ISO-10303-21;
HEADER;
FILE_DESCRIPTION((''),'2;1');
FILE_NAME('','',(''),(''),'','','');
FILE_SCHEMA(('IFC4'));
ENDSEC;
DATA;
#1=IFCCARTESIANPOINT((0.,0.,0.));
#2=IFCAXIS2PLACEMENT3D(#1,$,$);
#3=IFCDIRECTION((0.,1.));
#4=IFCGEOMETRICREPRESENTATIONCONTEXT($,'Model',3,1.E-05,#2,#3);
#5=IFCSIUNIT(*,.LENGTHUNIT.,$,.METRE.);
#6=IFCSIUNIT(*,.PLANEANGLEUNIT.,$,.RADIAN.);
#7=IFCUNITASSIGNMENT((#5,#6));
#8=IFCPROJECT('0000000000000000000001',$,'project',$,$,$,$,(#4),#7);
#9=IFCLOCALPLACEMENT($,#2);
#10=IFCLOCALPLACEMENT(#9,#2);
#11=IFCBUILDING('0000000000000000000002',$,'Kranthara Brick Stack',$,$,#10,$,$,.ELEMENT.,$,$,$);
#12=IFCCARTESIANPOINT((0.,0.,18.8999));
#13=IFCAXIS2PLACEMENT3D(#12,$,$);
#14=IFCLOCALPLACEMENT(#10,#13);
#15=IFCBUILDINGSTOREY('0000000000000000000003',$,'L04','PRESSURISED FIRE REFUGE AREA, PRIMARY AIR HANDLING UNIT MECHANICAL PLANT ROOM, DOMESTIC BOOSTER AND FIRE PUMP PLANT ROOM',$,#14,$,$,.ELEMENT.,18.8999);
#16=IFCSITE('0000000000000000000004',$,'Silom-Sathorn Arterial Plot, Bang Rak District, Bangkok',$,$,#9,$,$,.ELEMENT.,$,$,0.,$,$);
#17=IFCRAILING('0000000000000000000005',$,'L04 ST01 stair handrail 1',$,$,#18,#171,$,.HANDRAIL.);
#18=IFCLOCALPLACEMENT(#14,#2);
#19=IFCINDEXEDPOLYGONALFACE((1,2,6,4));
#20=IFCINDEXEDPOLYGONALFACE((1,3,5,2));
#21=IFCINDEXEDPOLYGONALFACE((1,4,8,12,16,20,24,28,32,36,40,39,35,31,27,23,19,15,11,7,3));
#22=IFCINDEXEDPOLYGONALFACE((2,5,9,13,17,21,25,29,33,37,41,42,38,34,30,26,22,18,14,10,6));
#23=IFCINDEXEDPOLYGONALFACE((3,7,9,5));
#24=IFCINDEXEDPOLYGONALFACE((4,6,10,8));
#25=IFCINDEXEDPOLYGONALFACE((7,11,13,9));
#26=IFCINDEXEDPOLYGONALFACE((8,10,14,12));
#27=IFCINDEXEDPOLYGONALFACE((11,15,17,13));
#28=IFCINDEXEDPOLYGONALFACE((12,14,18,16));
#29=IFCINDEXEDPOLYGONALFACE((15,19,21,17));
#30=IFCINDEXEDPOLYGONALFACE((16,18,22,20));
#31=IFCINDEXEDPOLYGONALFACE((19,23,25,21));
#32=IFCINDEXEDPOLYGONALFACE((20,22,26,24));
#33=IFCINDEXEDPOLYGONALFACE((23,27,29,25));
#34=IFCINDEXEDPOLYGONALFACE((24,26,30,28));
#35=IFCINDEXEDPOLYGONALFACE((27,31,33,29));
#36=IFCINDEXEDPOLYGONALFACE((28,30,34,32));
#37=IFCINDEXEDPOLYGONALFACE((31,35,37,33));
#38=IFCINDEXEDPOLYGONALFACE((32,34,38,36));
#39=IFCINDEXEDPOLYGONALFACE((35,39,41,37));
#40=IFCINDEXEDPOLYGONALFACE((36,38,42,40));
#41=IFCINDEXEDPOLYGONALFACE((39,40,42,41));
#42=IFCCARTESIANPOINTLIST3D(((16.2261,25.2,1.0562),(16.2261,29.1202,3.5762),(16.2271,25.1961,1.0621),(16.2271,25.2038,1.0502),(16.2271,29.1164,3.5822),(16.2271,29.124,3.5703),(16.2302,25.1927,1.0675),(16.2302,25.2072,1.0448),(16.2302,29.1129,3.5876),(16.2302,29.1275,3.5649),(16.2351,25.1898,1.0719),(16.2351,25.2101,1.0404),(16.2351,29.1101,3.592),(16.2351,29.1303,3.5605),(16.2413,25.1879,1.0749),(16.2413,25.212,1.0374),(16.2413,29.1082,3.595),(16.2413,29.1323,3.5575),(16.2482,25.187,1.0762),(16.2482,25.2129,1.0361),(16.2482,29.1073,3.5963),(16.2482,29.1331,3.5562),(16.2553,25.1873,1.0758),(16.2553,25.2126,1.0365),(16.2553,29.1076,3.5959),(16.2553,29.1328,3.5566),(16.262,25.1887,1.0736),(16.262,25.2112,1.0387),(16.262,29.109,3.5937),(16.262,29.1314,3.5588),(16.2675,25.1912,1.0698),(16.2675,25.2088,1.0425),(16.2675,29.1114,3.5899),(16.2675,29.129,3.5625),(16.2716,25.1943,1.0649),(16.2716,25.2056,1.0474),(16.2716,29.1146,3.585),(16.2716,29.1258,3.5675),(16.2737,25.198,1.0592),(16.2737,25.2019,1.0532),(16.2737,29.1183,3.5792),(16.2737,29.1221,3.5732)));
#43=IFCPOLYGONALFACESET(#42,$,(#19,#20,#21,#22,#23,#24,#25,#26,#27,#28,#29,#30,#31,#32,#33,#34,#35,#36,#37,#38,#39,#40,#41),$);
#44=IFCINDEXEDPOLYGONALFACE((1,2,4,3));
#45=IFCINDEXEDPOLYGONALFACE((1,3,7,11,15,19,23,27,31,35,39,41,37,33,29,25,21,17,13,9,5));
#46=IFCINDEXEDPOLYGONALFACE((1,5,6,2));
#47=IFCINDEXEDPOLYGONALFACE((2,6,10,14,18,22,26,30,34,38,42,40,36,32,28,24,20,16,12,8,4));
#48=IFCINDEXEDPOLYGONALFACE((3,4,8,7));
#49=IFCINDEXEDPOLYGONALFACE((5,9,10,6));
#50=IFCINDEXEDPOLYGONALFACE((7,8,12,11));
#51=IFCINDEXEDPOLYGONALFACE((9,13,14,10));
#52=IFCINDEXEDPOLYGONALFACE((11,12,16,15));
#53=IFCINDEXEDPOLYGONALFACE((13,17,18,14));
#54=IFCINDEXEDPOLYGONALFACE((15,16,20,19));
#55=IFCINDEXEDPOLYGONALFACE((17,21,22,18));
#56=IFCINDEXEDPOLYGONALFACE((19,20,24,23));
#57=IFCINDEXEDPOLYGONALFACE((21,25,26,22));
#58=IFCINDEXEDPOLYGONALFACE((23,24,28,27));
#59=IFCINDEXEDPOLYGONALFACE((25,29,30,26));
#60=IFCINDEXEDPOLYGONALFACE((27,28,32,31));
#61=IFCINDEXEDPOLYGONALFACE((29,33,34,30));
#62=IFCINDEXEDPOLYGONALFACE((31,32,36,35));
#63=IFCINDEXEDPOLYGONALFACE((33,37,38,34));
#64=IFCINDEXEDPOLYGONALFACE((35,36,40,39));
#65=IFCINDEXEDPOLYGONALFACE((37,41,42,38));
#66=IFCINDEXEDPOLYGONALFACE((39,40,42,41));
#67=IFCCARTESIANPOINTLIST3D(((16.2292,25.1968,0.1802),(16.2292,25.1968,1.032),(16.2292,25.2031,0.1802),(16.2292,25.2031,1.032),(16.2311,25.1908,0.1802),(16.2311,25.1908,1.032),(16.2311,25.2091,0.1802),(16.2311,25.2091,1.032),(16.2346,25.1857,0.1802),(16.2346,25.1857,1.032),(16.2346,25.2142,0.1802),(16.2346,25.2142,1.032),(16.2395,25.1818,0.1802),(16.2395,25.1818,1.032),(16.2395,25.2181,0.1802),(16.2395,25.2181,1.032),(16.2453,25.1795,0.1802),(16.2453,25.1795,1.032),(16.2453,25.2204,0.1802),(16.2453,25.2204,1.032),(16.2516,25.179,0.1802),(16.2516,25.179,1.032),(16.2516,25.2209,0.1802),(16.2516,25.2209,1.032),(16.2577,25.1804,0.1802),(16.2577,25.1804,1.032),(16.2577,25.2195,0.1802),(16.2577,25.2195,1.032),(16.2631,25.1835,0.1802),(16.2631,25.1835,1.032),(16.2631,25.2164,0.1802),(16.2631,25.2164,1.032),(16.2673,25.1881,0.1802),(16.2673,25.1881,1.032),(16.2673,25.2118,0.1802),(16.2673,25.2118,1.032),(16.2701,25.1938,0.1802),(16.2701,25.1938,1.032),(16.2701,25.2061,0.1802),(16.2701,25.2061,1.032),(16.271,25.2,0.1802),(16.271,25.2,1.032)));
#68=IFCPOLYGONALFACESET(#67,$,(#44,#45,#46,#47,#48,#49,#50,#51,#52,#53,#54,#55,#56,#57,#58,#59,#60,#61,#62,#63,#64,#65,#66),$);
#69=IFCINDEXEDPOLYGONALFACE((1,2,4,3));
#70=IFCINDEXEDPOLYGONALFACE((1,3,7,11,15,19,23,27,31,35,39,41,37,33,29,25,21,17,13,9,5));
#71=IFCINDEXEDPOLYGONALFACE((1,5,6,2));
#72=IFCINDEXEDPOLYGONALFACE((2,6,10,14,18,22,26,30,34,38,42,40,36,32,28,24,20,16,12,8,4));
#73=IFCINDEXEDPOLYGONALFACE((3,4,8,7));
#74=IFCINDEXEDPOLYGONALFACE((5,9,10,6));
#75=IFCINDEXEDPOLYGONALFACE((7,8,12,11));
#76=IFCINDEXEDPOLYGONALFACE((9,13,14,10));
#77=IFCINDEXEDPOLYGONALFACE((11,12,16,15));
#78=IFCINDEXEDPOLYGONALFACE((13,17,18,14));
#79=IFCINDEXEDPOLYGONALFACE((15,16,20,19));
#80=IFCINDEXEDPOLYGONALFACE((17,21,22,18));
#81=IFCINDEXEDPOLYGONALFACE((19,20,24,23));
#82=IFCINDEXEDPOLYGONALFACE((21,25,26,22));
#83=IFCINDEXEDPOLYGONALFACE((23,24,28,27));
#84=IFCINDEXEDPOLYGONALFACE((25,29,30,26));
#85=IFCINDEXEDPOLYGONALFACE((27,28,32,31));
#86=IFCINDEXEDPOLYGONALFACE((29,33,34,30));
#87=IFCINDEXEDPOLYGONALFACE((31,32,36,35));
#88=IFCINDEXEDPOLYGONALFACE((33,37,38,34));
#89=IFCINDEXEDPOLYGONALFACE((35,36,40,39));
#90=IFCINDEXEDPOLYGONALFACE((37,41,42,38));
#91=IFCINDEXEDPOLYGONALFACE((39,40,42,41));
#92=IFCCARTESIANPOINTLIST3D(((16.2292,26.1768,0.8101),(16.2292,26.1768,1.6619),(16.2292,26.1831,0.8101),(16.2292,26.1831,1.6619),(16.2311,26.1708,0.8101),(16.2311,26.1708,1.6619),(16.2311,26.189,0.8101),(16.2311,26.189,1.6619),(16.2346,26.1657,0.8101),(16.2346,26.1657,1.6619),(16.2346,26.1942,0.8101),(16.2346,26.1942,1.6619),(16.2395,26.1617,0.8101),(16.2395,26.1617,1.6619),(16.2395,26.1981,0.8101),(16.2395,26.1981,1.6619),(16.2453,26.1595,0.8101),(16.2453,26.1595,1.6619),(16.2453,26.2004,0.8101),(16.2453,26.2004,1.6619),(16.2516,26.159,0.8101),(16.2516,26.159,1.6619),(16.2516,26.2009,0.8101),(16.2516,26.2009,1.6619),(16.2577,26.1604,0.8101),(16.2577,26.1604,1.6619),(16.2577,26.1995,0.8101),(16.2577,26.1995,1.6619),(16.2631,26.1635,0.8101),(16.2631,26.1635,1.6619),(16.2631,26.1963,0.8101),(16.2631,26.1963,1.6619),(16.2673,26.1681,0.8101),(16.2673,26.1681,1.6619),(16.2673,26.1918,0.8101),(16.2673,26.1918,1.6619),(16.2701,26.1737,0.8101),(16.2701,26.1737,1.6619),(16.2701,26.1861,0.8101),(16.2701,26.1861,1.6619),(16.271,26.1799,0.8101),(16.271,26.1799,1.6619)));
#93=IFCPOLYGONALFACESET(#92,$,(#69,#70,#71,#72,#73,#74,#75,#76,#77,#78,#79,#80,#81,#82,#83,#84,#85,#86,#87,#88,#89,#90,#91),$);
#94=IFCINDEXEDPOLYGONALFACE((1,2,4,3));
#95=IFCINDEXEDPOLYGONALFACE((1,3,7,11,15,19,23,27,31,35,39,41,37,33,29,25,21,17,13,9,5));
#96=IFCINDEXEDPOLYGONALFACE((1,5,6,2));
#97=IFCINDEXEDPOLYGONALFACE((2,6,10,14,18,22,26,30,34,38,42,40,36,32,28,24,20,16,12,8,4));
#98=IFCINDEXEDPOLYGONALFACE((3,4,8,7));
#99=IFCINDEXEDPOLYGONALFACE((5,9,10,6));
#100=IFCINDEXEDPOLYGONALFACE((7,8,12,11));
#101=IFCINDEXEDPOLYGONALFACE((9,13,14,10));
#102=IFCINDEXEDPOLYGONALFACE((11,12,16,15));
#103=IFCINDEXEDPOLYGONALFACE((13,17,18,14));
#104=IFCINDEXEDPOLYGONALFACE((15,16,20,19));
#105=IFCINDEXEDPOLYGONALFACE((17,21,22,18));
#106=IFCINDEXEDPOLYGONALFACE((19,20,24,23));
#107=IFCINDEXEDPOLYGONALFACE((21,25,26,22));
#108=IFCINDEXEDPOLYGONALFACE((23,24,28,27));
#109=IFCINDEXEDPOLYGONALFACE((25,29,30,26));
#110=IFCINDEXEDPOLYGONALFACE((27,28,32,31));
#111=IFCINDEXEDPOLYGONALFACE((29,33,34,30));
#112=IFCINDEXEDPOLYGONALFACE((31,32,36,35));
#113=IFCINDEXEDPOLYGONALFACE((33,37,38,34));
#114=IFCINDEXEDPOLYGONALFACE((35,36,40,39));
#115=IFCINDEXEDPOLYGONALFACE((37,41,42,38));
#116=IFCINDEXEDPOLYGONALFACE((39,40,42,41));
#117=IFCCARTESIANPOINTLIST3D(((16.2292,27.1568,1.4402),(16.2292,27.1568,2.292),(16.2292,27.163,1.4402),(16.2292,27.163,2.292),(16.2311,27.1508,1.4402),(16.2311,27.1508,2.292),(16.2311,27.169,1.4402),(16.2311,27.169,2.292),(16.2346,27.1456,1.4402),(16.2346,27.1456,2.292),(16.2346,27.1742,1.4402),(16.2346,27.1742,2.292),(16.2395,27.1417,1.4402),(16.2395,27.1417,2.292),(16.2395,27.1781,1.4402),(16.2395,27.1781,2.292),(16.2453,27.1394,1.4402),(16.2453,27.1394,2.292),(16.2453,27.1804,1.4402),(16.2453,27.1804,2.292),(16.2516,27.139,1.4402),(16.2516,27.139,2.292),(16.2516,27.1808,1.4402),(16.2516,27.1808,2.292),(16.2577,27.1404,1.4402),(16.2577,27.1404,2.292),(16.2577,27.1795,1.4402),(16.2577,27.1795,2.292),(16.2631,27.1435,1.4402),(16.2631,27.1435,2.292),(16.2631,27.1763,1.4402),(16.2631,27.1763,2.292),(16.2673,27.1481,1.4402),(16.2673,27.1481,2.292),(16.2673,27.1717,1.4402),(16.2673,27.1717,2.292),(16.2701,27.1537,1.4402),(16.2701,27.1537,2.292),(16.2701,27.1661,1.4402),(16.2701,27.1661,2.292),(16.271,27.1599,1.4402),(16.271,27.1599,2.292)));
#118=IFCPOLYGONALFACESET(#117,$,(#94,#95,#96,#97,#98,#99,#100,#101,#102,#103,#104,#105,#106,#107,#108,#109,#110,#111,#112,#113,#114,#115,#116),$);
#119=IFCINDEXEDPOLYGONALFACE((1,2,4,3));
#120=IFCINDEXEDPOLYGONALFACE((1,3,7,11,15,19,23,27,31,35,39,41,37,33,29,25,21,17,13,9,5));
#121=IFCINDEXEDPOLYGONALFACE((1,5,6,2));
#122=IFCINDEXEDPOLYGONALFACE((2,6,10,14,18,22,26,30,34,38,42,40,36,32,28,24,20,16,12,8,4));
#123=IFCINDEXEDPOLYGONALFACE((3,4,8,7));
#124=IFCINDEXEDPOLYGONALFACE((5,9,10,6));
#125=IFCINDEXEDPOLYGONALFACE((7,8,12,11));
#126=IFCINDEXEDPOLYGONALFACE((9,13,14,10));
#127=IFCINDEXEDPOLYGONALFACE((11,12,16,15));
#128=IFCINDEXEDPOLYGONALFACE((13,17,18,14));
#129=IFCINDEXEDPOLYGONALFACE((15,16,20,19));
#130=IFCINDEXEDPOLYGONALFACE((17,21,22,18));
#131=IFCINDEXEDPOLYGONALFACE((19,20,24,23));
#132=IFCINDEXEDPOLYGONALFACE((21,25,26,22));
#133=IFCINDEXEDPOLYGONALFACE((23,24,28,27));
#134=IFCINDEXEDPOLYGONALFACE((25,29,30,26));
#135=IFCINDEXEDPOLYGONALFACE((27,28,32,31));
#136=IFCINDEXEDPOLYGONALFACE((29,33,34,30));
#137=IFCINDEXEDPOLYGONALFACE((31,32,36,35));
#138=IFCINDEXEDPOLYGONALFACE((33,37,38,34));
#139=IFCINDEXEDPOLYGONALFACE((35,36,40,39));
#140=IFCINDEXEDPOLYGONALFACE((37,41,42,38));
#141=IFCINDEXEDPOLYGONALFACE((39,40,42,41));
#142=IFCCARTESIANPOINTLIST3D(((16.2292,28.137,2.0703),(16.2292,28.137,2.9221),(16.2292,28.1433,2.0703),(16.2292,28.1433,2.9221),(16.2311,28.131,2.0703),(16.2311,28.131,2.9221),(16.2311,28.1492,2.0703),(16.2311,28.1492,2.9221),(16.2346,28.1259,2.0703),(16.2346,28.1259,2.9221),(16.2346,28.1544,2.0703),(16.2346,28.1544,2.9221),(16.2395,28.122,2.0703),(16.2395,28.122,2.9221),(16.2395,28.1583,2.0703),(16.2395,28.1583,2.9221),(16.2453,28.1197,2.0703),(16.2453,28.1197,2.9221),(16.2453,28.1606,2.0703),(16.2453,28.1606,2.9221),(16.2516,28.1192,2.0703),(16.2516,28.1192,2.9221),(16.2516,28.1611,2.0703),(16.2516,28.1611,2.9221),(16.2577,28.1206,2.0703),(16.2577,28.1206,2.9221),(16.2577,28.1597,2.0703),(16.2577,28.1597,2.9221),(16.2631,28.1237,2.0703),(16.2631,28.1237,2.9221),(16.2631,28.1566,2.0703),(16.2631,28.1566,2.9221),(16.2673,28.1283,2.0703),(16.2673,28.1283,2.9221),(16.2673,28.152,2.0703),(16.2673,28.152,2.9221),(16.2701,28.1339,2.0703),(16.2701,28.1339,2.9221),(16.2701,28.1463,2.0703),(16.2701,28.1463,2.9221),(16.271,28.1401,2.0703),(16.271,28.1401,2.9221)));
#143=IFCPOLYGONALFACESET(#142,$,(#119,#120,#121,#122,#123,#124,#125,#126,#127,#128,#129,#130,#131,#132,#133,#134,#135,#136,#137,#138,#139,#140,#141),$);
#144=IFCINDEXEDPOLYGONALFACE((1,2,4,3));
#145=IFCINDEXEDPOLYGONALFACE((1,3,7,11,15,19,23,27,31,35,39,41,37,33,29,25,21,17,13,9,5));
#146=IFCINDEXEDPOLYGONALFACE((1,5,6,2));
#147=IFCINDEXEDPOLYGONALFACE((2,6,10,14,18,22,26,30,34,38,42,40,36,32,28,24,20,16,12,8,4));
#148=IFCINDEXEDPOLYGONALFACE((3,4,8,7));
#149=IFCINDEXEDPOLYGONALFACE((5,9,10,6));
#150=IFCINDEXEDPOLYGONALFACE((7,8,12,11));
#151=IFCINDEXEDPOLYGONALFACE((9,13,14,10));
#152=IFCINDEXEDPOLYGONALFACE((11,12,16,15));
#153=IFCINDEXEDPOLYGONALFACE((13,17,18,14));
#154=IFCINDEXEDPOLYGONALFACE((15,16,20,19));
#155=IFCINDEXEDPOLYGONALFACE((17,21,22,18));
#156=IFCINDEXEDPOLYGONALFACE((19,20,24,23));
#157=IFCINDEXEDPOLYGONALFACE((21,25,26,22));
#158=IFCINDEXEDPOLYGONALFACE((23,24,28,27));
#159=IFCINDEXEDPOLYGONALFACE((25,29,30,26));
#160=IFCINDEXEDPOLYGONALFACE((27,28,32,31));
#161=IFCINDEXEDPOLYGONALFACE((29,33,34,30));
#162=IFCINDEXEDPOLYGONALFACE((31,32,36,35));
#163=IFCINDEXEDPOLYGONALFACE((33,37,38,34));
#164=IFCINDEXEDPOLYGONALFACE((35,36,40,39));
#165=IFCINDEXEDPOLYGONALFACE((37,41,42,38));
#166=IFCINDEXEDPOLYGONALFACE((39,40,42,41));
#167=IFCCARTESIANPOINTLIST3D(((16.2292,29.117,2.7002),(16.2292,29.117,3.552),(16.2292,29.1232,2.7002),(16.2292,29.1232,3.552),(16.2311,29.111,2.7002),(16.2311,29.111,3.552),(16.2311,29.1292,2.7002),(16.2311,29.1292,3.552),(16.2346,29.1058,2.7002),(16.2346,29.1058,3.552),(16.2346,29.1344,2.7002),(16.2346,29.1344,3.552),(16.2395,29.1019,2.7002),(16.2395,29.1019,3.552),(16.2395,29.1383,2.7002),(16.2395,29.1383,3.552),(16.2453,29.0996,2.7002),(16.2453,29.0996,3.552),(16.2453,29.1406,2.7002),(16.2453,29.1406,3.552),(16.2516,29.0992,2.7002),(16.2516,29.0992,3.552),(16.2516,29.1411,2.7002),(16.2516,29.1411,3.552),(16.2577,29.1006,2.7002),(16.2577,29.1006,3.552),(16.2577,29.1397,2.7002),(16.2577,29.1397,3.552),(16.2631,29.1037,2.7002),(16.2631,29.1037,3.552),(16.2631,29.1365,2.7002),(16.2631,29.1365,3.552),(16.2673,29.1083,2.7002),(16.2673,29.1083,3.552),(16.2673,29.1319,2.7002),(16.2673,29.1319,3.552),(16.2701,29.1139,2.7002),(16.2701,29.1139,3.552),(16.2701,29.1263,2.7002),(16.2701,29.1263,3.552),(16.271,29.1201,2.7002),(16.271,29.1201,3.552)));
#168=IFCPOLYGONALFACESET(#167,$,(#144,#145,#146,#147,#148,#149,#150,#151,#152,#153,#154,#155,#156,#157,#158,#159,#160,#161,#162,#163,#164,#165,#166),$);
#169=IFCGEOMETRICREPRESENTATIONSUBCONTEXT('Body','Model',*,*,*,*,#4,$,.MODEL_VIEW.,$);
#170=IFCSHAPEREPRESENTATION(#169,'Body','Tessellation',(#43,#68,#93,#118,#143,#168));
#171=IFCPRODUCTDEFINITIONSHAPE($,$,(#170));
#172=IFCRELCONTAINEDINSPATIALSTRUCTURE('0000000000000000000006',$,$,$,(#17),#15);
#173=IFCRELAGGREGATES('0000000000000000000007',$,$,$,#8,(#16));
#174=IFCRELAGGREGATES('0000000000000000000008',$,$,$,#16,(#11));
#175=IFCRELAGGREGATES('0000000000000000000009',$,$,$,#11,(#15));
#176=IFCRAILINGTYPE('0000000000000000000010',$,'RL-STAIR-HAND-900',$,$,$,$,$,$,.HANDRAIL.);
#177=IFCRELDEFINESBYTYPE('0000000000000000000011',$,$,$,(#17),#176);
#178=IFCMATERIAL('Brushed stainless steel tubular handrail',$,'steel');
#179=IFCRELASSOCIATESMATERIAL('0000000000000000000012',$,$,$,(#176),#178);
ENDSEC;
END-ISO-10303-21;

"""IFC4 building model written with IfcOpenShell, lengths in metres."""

from ifc_helpers import new_model, si_unit, direction, frame, origin, origin_2d, place, context, subcontext, project, spatial, circle, extrude, material, type_object, element, save


model = new_model("IFC4")

# Units and contexts
model_context = context("Model", 3, precision=1e-05, world=origin(), true_north=direction((0.0, 1.0)))
body_context = subcontext(model_context, "Body", "Model", "MODEL_VIEW")
ifc_project = project(units=[si_unit("LENGTHUNIT", "METRE"), si_unit("PLANEANGLEUNIT", "RADIAN")], contexts=[model_context])

# Site, building, storey
site_placement = place(None, origin())
site = spatial("IfcSite", under=ifc_project, at=site_placement, Name="Silom-Sathorn Arterial Plot, Bang Rak District, Bangkok", CompositionType="ELEMENT", RefElevation=0.0)
building_placement = place(site_placement, origin())
building = spatial("IfcBuilding", under=site, at=building_placement, Name="Kranthara Brick Stack", CompositionType="ELEMENT")
storey_placement = place(building_placement, frame((0.0, 0.0, 18.8999)))
storey = spatial("IfcBuildingStorey", under=building, at=storey_placement, Name="L04", Description="PRESSURISED FIRE REFUGE AREA, PRIMARY AIR HANDLING UNIT MECHANICAL PLANT ROOM, DOMESTIC BOOSTER AND FIRE PUMP PLANT ROOM", CompositionType="ELEMENT", Elevation=18.8999)

# Railing
ifc_material_1 = material(Name="Brushed stainless steel tubular handrail", Category="steel")
railing_type_1 = type_object("IfcRailingType", Name="RL-STAIR-HAND-900", PredefinedType="HANDRAIL", material=ifc_material_1)
railing_1_placement = place(storey_placement, frame((16.25, 25.2, 0.1802)))
element("IfcRailing", 1, at=railing_1_placement, inside=storey, type_object=railing_type_1, Name="L04 ST01 stair handrail 1", PredefinedType="HANDRAIL", context=body_context, shape_type="SweptSolid", body=[
    extrude(circle(Radius=0.0239, at=origin_2d()), frame((0.0, 0.0, 0.876), z_axis=(0.0, 0.841187, 0.540744), x_axis=(-1.0, 0.0, 0.0)), (0.0, 0.0, 1.0), 4.6604),
    extrude(circle(Radius=0.021, at=origin_2d()), origin(), (0.0, 0.0, 1.0), 0.8518),
    extrude(circle(Radius=0.021, at=origin_2d()), frame((0.0, 0.98, 0.6299)), (0.0, 0.0, 1.0), 0.8518),
    extrude(circle(Radius=0.021, at=origin_2d()), frame((0.0, 1.96, 1.26)), (0.0, 0.0, 1.0), 0.8518),
    extrude(circle(Radius=0.021, at=origin_2d()), frame((0.0, 2.9402, 1.8901)), (0.0, 0.0, 1.0), 0.8518),
    extrude(circle(Radius=0.021, at=origin_2d()), frame((0.0, 3.9202, 2.52)), (0.0, 0.0, 1.0), 0.8518),
])

save(model, "model.ifc")
